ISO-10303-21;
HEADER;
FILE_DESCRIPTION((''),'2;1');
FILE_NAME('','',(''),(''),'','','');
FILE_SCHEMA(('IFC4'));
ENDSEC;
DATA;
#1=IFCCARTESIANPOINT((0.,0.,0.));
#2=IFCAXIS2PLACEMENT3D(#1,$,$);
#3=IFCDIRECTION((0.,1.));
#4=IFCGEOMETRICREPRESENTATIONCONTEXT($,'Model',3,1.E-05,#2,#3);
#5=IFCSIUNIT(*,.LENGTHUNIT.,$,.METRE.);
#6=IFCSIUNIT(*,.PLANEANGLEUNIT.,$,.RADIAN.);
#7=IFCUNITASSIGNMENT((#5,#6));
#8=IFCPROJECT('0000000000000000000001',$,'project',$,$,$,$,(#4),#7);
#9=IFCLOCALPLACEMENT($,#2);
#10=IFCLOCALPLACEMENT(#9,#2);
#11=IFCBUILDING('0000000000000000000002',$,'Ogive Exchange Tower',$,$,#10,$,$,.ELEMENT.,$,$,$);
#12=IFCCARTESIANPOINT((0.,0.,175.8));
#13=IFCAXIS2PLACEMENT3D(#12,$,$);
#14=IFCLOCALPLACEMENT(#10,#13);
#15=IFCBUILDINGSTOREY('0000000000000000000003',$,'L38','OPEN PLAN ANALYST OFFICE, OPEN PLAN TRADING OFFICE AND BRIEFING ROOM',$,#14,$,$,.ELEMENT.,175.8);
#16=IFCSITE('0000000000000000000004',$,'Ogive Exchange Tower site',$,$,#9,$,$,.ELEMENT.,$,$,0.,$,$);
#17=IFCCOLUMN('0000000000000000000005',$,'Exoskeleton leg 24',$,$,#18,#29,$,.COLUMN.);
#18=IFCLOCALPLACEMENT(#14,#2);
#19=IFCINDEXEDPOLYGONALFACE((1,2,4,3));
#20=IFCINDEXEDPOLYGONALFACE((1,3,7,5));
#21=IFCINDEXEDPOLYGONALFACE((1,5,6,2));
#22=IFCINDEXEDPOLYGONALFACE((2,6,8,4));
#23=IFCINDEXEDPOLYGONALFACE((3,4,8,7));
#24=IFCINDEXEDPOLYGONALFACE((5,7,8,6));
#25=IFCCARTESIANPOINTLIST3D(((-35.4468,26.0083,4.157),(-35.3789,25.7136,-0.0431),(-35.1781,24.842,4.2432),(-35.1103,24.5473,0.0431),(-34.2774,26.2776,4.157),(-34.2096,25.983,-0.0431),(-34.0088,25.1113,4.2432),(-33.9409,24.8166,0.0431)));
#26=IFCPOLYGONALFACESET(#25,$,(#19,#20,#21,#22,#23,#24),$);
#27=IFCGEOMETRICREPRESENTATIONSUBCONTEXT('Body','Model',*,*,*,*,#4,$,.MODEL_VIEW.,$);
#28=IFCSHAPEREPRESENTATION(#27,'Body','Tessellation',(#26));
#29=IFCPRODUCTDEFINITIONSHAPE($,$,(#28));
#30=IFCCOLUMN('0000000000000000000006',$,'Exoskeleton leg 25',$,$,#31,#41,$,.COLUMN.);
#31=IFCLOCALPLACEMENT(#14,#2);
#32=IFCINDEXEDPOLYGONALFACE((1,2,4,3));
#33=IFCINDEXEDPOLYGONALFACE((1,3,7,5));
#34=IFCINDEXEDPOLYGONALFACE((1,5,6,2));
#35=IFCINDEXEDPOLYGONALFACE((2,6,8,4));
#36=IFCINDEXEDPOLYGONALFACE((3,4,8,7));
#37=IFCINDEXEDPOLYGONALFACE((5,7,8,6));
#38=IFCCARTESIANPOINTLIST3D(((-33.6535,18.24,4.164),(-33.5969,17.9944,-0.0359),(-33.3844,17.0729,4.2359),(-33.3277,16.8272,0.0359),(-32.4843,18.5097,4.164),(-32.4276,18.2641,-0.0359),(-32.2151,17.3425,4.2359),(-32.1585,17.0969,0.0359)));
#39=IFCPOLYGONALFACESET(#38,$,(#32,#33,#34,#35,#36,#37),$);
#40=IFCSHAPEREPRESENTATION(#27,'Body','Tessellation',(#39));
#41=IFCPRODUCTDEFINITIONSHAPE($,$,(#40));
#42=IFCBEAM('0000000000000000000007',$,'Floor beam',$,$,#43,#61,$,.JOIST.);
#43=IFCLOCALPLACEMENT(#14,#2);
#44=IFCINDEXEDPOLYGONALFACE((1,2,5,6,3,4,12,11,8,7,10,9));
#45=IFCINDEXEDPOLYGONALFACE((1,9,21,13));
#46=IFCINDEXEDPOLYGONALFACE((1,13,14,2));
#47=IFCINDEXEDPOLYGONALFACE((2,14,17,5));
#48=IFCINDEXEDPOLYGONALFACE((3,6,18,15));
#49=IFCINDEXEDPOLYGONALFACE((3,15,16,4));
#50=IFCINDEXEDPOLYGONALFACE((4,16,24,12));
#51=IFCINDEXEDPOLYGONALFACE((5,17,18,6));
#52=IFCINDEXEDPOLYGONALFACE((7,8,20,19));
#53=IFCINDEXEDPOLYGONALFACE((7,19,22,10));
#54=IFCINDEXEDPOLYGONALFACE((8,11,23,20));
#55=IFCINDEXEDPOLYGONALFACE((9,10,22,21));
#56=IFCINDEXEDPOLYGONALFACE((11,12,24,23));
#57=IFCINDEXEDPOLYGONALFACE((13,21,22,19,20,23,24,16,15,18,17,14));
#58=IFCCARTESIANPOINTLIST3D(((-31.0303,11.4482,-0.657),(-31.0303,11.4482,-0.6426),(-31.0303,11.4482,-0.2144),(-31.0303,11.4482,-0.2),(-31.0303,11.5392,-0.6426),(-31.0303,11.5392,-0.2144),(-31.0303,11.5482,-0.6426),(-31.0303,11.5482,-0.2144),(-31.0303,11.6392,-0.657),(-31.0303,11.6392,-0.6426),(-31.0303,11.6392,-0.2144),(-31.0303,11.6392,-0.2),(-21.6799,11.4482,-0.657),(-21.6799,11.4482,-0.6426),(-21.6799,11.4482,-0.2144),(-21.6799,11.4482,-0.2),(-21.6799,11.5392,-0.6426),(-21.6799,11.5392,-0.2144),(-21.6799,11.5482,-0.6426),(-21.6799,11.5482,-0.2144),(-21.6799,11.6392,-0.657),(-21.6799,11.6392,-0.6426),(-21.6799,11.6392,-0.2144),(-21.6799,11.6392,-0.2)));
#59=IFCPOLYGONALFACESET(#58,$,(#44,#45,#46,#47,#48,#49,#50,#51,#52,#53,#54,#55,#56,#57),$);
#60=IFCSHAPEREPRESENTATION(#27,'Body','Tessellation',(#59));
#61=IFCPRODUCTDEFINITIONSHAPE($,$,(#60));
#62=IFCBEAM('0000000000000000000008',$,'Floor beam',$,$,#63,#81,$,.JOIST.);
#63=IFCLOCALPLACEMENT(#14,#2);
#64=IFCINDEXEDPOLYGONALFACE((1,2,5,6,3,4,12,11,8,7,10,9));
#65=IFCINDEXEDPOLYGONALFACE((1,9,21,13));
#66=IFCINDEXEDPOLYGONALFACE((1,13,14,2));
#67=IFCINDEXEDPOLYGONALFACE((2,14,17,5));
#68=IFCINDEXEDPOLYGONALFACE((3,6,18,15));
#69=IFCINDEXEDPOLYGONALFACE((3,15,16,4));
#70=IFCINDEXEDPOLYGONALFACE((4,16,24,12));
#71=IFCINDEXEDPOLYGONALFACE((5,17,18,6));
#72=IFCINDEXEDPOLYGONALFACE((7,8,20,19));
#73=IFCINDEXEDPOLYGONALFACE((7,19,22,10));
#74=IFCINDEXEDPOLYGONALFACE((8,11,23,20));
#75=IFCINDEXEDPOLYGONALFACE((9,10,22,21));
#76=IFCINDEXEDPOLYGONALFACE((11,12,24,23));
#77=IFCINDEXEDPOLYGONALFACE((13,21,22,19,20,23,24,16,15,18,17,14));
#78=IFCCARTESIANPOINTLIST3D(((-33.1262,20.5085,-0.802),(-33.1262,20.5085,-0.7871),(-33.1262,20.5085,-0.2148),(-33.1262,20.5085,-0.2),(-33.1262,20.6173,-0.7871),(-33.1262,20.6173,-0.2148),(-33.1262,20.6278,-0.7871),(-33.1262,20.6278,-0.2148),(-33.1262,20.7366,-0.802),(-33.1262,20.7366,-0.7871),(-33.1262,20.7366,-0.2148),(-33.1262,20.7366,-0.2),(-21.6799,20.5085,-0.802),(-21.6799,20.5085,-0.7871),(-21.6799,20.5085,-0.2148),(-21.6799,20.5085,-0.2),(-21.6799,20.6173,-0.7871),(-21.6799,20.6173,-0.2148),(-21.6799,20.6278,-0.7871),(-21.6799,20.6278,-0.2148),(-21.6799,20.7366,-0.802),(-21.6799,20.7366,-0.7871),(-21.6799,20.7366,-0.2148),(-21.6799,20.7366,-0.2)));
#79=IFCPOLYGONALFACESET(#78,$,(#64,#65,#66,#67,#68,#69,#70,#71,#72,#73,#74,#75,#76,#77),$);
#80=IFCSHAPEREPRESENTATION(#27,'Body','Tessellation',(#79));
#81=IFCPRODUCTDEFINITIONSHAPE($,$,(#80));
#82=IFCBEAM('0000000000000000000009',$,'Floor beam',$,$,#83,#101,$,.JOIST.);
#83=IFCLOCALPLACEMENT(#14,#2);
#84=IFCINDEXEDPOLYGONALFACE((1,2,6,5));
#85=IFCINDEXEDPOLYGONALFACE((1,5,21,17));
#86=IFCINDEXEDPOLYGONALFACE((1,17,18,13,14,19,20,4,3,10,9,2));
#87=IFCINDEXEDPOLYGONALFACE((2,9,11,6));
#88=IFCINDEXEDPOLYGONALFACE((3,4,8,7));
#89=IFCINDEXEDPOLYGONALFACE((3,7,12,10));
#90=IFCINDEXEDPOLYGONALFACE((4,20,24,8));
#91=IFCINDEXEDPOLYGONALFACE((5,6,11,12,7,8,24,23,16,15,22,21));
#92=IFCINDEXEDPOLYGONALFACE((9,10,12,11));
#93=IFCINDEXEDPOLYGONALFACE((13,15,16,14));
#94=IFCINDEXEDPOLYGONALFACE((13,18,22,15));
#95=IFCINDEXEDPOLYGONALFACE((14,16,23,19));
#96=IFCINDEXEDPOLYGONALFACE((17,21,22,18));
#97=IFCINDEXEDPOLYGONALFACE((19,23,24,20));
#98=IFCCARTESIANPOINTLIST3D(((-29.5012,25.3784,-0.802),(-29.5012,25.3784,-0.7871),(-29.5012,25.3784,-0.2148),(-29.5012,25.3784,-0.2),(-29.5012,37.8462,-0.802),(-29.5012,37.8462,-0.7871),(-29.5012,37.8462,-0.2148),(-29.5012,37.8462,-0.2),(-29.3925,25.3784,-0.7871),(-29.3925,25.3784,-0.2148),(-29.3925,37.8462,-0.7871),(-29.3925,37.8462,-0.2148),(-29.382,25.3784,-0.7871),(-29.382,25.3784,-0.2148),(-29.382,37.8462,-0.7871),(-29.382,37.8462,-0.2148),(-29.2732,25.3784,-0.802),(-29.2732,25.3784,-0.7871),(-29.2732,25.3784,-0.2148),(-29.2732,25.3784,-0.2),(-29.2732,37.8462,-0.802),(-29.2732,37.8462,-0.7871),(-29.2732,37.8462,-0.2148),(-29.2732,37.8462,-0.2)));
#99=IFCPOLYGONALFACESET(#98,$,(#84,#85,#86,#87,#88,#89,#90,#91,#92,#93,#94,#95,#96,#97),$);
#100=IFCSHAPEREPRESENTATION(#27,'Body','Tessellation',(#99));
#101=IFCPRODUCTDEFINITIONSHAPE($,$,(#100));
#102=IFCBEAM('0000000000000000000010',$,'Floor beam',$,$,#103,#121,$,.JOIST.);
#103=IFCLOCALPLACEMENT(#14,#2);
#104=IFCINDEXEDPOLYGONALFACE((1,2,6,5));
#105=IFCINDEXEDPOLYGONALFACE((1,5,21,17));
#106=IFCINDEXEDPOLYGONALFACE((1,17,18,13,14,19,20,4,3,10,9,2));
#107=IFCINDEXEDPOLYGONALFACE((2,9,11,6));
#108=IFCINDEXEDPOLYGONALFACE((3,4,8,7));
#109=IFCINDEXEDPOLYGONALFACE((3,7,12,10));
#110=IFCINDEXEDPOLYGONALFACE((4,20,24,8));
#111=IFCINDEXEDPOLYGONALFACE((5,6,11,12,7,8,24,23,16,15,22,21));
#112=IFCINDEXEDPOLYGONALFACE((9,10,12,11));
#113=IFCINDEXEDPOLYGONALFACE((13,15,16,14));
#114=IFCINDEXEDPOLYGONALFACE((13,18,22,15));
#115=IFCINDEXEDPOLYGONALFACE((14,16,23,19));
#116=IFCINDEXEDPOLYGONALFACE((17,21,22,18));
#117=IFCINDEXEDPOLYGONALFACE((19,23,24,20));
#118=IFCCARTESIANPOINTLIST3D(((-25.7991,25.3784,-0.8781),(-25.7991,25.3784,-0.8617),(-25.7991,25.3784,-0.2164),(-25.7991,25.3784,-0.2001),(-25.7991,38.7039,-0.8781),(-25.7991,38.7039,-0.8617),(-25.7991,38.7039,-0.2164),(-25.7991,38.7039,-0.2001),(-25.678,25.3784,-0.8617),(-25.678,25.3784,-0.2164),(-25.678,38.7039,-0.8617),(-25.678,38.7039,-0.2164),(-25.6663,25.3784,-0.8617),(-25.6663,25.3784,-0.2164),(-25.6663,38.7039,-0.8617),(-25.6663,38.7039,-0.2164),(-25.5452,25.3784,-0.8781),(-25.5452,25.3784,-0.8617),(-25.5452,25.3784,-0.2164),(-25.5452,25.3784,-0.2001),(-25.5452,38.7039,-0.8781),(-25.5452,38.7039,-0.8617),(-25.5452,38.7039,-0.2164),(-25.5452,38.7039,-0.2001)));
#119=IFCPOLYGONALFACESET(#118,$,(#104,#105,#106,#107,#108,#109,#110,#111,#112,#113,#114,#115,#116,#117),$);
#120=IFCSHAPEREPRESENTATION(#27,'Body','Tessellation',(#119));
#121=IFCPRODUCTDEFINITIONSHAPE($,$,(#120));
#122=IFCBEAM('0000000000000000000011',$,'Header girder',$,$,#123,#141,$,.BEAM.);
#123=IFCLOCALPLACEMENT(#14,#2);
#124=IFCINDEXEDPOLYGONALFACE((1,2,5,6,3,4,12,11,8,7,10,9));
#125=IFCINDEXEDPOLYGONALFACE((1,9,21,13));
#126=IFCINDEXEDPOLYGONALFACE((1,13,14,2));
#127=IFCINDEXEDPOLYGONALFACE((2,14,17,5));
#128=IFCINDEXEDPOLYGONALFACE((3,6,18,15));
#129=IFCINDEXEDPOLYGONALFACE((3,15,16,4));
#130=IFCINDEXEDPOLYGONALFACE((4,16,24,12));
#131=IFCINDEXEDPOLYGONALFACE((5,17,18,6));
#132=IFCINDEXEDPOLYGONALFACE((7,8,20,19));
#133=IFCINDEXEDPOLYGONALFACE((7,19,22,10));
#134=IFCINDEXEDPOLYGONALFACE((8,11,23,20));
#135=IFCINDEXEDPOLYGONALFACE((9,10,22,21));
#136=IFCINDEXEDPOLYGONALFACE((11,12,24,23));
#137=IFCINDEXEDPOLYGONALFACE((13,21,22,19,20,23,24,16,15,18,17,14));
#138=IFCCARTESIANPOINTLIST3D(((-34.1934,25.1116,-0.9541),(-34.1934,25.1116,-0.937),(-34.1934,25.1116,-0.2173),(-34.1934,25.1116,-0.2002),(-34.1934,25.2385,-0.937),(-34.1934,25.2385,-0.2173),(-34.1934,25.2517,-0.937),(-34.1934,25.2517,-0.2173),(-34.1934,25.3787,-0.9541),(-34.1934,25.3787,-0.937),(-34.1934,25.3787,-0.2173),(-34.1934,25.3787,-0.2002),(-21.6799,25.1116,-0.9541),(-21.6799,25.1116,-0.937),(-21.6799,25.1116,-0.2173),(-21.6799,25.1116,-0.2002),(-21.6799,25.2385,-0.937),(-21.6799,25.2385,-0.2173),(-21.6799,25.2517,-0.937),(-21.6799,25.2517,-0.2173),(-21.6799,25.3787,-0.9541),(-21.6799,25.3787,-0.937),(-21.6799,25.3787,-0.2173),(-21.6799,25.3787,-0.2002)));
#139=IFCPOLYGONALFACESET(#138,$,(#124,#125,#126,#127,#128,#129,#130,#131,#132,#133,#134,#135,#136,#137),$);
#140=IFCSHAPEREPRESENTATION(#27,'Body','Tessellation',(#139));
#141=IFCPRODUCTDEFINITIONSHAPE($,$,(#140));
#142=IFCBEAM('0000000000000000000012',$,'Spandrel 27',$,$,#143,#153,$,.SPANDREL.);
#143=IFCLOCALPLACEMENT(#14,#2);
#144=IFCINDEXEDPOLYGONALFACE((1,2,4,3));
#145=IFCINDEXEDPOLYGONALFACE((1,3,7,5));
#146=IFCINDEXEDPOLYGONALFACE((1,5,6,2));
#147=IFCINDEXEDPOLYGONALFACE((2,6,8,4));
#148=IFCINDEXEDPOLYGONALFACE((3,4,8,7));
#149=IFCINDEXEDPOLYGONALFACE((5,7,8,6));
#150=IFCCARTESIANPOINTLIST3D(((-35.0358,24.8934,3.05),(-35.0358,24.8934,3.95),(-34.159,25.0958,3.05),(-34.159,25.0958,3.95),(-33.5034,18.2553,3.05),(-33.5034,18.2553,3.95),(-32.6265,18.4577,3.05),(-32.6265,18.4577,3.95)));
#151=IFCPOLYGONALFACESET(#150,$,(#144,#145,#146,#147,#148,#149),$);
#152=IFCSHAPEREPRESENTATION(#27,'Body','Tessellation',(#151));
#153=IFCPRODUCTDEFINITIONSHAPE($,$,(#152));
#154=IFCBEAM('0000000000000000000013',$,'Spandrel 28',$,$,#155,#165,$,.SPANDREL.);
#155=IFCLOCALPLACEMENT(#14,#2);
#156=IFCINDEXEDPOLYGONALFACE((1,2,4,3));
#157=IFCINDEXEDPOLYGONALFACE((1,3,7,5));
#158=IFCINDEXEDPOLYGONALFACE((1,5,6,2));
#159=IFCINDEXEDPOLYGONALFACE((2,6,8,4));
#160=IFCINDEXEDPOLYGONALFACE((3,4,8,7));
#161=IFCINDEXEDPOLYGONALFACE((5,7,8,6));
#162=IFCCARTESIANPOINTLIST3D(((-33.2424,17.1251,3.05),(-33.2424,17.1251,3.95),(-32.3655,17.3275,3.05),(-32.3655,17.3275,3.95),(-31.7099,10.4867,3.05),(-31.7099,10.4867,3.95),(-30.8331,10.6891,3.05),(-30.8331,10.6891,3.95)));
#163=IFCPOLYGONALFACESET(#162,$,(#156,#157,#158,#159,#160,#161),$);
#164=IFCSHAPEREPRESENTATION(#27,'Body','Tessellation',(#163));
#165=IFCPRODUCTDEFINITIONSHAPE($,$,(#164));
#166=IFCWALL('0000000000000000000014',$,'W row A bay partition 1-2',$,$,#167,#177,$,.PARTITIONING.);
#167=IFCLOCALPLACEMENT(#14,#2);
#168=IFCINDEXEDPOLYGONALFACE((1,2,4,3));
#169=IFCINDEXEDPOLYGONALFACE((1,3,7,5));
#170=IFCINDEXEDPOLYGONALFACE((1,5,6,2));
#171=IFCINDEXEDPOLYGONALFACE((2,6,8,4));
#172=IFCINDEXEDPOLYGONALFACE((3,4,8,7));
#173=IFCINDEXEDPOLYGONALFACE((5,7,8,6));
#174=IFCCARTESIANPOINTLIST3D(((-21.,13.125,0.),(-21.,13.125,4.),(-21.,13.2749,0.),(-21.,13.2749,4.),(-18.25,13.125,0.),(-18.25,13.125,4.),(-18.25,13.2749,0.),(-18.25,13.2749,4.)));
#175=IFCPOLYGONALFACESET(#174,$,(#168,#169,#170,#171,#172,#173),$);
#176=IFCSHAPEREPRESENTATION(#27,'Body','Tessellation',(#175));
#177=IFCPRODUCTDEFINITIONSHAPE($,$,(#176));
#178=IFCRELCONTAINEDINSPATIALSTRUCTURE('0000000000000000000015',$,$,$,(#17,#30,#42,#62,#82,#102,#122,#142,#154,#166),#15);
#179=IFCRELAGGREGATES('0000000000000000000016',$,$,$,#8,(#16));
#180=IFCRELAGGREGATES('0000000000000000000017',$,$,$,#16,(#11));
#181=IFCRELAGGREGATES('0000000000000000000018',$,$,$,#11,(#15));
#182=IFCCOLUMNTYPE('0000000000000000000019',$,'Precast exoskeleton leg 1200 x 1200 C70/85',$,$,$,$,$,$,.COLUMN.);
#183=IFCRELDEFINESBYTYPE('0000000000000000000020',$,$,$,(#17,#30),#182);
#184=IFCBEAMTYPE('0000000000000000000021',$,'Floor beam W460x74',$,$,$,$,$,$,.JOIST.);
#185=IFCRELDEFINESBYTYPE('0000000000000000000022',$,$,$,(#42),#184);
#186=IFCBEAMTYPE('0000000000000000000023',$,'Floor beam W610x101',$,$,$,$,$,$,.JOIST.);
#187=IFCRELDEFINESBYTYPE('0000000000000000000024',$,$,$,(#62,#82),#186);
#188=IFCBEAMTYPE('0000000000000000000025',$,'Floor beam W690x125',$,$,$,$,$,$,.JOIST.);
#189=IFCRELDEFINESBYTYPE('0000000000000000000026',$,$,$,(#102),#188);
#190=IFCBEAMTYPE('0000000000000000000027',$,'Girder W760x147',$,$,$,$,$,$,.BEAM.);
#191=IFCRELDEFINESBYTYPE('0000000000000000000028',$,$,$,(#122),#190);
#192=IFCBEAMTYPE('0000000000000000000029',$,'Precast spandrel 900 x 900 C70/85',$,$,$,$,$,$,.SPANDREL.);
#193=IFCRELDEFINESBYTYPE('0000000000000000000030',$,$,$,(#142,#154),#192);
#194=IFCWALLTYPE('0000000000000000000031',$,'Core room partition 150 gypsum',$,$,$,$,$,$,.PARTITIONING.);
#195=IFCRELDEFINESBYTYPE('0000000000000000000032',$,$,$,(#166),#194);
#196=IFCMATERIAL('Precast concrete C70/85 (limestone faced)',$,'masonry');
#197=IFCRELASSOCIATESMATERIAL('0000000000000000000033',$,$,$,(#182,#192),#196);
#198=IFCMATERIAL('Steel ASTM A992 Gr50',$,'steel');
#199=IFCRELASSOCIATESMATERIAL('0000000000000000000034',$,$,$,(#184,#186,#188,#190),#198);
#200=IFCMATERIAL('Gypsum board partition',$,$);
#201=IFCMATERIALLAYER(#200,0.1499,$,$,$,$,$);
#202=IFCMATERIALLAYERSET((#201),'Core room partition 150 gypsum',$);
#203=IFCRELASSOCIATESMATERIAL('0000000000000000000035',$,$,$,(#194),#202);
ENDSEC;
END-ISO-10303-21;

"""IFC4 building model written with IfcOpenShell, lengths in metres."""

from ifc_helpers import new_model, si_unit, direction, frame, frame_2d, origin, origin_2d, place, context, subcontext, project, spatial, rectangle, i_section, extrude, material, layer, layer_set, material_profile, profile_set, type_object, element, save


model = new_model("IFC4")

# Units and contexts
model_context = context("Model", 3, precision=1e-05, world=origin(), true_north=direction((0.0, 1.0)))
body_context = subcontext(model_context, "Body", "Model", "MODEL_VIEW")
ifc_project = project(units=[si_unit("LENGTHUNIT", "METRE"), si_unit("PLANEANGLEUNIT", "RADIAN")], contexts=[model_context])

# Site, building, storey
site_placement = place(None, origin())
site = spatial("IfcSite", under=ifc_project, at=site_placement, Name="Ogive Exchange Tower site", CompositionType="ELEMENT", RefElevation=0.0)
building_placement = place(site_placement, origin())
building = spatial("IfcBuilding", under=site, at=building_placement, Name="Ogive Exchange Tower", CompositionType="ELEMENT")
storey_placement = place(building_placement, frame((0.0, 0.0, 175.8)))
storey = spatial("IfcBuildingStorey", under=building, at=storey_placement, Name="L38", Description="OPEN PLAN ANALYST OFFICE, OPEN PLAN TRADING OFFICE AND BRIEFING ROOM", CompositionType="ELEMENT", Elevation=175.8)

# Columns
ifc_material_1 = material(Name="Precast concrete C70/85 (limestone faced)", Category="masonry")
ifc_material_profile_1 = material_profile(ifc_material_1, rectangle(XDim=1.2, YDim=1.2, at=origin_2d()), Name="1200 x 1200")
ifc_profile_set_1 = profile_set([ifc_material_profile_1], Name="Precast concrete C70/85 (limestone faced)")
column_type = type_object("IfcColumnType", Name="Precast exoskeleton leg 1200 x 1200 C70/85", PredefinedType="COLUMN", material=ifc_profile_set_1)
column_1_placement = place(storey_placement, frame((-34.6599, 25.2651, 0.0), z_axis=(-0.016118, 0.069981, 0.997418), x_axis=(-0.974486, -0.224447, 0.0)))
element("IfcColumn", 1, at=column_1_placement, inside=storey, type_object=column_type, Name="Exoskeleton leg 24", PredefinedType="COLUMN", context=body_context, shape_type="SweptSolid", body=[
    extrude(rectangle(XDim=1.2, YDim=1.2, at=origin_2d()), origin(), (0.0, 0.0, 1.0), 4.2109),
])
column_2_placement = place(storey_placement, frame((-32.8777, 17.5457, 0.0), z_axis=(-0.013462, 0.058373, 0.998204), x_axis=(-0.974424, -0.224718, 0.0)))
element("IfcColumn", 2, at=column_2_placement, inside=storey, type_object=column_type, Name="Exoskeleton leg 25", PredefinedType="COLUMN", context=body_context, shape_type="SweptSolid", body=[
    extrude(rectangle(XDim=1.2, YDim=1.2, at=origin_2d()), origin(), (0.0, 0.0, 1.0), 4.2075),
])

# Beams
ifc_material_2 = material(Name="Steel ASTM A992 Gr50", Category="steel")
ifc_material_profile_2 = material_profile(ifc_material_2, i_section(OverallWidth=0.1909, OverallDepth=0.457, WebThickness=0.009, FlangeThickness=0.0144, at=origin_2d()), Name="W460x74")
ifc_profile_set_2 = profile_set([ifc_material_profile_2], Name="Steel ASTM A992 Gr50")
beam_type_1 = type_object("IfcBeamType", Name="Floor beam W460x74", PredefinedType="JOIST", material=ifc_profile_set_2)
beam_1_placement = place(storey_placement, frame((-31.0303, 11.5437, -0.4285), z_axis=(1.0, 0.0, 0.0), x_axis=(0.0, 1.0, 0.0)))
element("IfcBeam", 3, at=beam_1_placement, inside=storey, type_object=beam_type_1, Name="Floor beam", PredefinedType="JOIST", context=body_context, shape_type="SweptSolid", body=[
    extrude(i_section(OverallWidth=0.1909, OverallDepth=0.457, WebThickness=0.009, FlangeThickness=0.0144, at=origin_2d()), origin(), (0.0, 0.0, 1.0), 9.3503),
])
ifc_material_profile_3 = material_profile(ifc_material_2, i_section(OverallWidth=0.228, OverallDepth=0.6021, WebThickness=0.0105, FlangeThickness=0.0149, at=origin_2d()), Name="W610x101")
ifc_profile_set_3 = profile_set([ifc_material_profile_3], Name="Steel ASTM A992 Gr50")
beam_type_2 = type_object("IfcBeamType", Name="Floor beam W610x101", PredefinedType="JOIST", material=ifc_profile_set_3)
beam_2_placement = place(storey_placement, frame((-33.1262, 20.6226, -0.501), z_axis=(1.0, 0.0, 0.0), x_axis=(0.0, 1.0, 0.0)))
element("IfcBeam", 4, at=beam_2_placement, inside=storey, type_object=beam_type_2, Name="Floor beam", PredefinedType="JOIST", context=body_context, shape_type="SweptSolid", body=[
    extrude(i_section(OverallWidth=0.228, OverallDepth=0.6021, WebThickness=0.0105, FlangeThickness=0.0149, at=origin_2d()), origin(), (0.0, 0.0, 1.0), 11.4463),
])
beam_3_placement = place(storey_placement, frame((-29.3872, 25.3784, -0.501), z_axis=(0.0, 1.0, 0.0), x_axis=(-1.0, 0.0, 0.0)))
element("IfcBeam", 5, at=beam_3_placement, inside=storey, type_object=beam_type_2, Name="Floor beam", PredefinedType="JOIST", context=body_context, shape_type="SweptSolid", body=[
    extrude(i_section(OverallWidth=0.228, OverallDepth=0.6021, WebThickness=0.0105, FlangeThickness=0.0149, at=origin_2d()), origin(), (0.0, 0.0, 1.0), 12.4678),
])
ifc_material_profile_4 = material_profile(ifc_material_2, i_section(OverallWidth=0.2539, OverallDepth=0.678, WebThickness=0.0117, FlangeThickness=0.0164, at=origin_2d()), Name="W690x125")
ifc_profile_set_4 = profile_set([ifc_material_profile_4], Name="Steel ASTM A992 Gr50")
beam_type_3 = type_object("IfcBeamType", Name="Floor beam W690x125", PredefinedType="JOIST", material=ifc_profile_set_4)
beam_4_placement = place(storey_placement, frame((-25.6721, 25.3784, -0.5391), z_axis=(0.0, 1.0, 0.0), x_axis=(-1.0, 0.0, 0.0)))
element("IfcBeam", 6, at=beam_4_placement, inside=storey, type_object=beam_type_3, Name="Floor beam", PredefinedType="JOIST", context=body_context, shape_type="SweptSolid", body=[
    extrude(i_section(OverallWidth=0.2539, OverallDepth=0.678, WebThickness=0.0117, FlangeThickness=0.0164, at=origin_2d()), origin(), (0.0, 0.0, 1.0), 13.3254),
])
ifc_material_profile_5 = material_profile(ifc_material_2, i_section(OverallWidth=0.2671, OverallDepth=0.7539, WebThickness=0.0132, FlangeThickness=0.0171, at=origin_2d()), Name="W760x147")
ifc_profile_set_5 = profile_set([ifc_material_profile_5], Name="Steel ASTM A992 Gr50")
beam_type_4 = type_object("IfcBeamType", Name="Girder W760x147", PredefinedType="BEAM", material=ifc_profile_set_5)
beam_5_placement = place(storey_placement, frame((-34.1934, 25.2451, -0.5771), z_axis=(1.0, 0.0, 0.0), x_axis=(0.0, 1.0, 0.0)))
element("IfcBeam", 7, at=beam_5_placement, inside=storey, type_object=beam_type_4, Name="Header girder", PredefinedType="BEAM", context=body_context, shape_type="SweptSolid", body=[
    extrude(i_section(OverallWidth=0.2671, OverallDepth=0.7539, WebThickness=0.0132, FlangeThickness=0.0171, at=origin_2d()), origin(), (0.0, 0.0, 1.0), 12.5134),
])
ifc_material_profile_6 = material_profile(ifc_material_1, rectangle(XDim=0.8999, YDim=0.8999, at=origin_2d()), Name="900 x 900")
ifc_profile_set_6 = profile_set([ifc_material_profile_6], Name="Precast concrete C70/85 (limestone faced)")
beam_type_5 = type_object("IfcBeamType", Name="Precast spandrel 900 x 900 C70/85", PredefinedType="SPANDREL", material=ifc_profile_set_6)
beam_6_placement = place(storey_placement, frame((-34.5974, 24.9946, 3.5), z_axis=(0.224941, -0.974372, 0.0), x_axis=(0.974372, 0.224941, 0.0)))
element("IfcBeam", 8, at=beam_6_placement, inside=storey, type_object=beam_type_5, Name="Spandrel 27", PredefinedType="SPANDREL", context=body_context, shape_type="SweptSolid", body=[
    extrude(rectangle(XDim=0.8999, YDim=0.8999, at=origin_2d()), origin(), (0.0, 0.0, 1.0), 6.8127),
])
beam_7_placement = place(storey_placement, frame((-32.804, 17.2263, 3.5), z_axis=(0.224933, -0.974374, 0.0), x_axis=(0.974374, 0.224933, 0.0)))
element("IfcBeam", 9, at=beam_7_placement, inside=storey, type_object=beam_type_5, Name="Spandrel 28", PredefinedType="SPANDREL", context=body_context, shape_type="SweptSolid", body=[
    extrude(rectangle(XDim=0.8999, YDim=0.8999, at=origin_2d()), origin(), (0.0, 0.0, 1.0), 6.813),
])

# Wall
ifc_material_3 = material(Name="Gypsum board partition")
ifc_layer_1 = layer(ifc_material_3, 0.1499)
ifc_layer_set_1 = layer_set([ifc_layer_1], Name="Core room partition 150 gypsum")
wall_type_1 = type_object("IfcWallType", Name="Core room partition 150 gypsum", PredefinedType="PARTITIONING", material=ifc_layer_set_1)
wall_1_placement = place(storey_placement, frame((-21.0, 13.2, 0.0), z_axis=(0.0, 0.0, 1.0), x_axis=(1.0, 0.0, 0.0)))
element("IfcWall", 10, at=wall_1_placement, inside=storey, type_object=wall_type_1, Name="W row A bay partition 1-2", PredefinedType="PARTITIONING", context=body_context, shape_type="SweptSolid", body=[
    extrude(rectangle(XDim=2.75, YDim=0.1499, at=frame_2d((1.375, 0.0))), origin(), (0.0, 0.0, 1.0), 4.0),
])

save(model, "model.ifc")
